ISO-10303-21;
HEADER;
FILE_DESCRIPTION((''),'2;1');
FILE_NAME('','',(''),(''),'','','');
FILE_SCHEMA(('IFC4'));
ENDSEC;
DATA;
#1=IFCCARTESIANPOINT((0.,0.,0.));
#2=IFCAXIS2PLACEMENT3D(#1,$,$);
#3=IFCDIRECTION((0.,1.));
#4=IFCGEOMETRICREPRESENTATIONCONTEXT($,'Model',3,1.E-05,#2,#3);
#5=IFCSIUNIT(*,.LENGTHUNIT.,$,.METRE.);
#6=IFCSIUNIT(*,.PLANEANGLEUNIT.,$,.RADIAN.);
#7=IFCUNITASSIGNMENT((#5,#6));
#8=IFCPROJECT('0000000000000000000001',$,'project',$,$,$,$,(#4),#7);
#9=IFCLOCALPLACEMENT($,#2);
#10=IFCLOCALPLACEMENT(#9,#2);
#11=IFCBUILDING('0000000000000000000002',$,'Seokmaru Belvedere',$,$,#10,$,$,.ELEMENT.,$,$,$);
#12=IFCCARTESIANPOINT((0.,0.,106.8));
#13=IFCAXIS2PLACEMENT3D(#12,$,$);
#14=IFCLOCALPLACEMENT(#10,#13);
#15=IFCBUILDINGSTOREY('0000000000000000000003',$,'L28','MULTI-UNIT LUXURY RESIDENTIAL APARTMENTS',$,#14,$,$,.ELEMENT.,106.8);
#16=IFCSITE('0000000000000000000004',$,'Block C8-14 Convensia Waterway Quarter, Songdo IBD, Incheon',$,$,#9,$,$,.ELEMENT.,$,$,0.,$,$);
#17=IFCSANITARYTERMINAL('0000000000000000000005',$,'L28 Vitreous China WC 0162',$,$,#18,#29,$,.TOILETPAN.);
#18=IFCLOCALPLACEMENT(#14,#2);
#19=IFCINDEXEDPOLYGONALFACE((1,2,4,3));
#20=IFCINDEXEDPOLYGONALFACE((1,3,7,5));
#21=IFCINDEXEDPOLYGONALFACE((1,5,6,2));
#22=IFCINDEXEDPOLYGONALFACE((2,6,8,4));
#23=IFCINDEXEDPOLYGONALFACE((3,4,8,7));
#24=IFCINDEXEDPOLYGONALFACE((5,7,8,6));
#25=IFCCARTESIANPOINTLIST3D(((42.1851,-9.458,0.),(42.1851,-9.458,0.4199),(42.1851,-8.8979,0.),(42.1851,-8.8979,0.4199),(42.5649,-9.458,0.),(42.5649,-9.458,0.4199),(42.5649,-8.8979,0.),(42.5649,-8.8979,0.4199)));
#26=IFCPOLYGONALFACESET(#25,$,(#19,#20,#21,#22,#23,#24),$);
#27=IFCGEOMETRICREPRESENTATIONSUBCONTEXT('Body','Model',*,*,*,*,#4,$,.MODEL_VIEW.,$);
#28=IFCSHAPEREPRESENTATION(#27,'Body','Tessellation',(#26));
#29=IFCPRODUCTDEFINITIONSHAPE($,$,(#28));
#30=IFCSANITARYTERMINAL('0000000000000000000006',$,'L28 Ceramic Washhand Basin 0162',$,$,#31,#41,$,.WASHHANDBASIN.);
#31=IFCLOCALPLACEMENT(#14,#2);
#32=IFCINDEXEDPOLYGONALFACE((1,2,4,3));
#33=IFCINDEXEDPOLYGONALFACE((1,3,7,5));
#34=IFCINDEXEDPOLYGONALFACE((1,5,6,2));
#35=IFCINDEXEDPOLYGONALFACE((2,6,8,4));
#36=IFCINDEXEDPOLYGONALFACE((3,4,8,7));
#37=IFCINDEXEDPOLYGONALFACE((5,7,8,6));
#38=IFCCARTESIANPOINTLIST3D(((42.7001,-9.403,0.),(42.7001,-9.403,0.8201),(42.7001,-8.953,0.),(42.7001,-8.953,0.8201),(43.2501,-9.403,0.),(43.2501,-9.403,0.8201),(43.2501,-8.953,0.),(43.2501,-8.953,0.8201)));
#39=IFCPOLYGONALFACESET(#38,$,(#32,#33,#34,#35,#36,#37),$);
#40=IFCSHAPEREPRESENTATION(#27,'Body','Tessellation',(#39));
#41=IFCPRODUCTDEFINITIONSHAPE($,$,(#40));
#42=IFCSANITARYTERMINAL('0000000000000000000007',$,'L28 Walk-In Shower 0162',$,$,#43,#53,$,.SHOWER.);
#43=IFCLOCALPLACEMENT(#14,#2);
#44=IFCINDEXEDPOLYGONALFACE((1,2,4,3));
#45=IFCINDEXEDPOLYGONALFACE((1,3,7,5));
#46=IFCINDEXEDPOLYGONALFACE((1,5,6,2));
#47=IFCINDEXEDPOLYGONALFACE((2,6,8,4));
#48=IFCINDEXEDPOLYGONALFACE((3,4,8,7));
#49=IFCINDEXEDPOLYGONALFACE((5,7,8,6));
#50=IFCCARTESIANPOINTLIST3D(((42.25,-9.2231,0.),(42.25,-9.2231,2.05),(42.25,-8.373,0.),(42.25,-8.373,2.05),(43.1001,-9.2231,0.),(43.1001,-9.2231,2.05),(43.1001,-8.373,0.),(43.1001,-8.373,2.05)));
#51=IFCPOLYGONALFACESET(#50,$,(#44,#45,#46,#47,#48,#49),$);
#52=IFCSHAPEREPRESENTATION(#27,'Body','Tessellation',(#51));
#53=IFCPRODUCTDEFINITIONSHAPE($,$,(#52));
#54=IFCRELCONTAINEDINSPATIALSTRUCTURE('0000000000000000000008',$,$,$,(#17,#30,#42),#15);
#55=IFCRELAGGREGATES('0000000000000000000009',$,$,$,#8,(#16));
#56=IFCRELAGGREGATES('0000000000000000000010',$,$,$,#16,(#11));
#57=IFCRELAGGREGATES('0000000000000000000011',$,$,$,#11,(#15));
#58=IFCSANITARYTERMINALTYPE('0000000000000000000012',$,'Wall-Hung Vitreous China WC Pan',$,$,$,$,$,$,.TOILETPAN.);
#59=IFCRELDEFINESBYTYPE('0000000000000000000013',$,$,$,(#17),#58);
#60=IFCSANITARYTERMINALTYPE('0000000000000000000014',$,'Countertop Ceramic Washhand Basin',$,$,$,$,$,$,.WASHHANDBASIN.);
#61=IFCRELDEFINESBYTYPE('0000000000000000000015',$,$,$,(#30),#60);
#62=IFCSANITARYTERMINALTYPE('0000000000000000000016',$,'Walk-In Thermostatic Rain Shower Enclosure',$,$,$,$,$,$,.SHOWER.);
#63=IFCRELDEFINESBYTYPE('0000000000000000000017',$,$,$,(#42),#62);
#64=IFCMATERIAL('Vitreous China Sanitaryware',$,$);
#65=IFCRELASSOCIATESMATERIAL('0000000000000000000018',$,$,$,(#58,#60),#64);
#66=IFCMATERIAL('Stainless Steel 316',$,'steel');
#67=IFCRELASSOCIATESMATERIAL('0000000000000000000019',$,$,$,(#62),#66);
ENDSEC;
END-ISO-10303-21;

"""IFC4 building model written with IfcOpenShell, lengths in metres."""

from ifc_helpers import new_model, si_unit, direction, frame, origin, origin_2d, place, context, subcontext, project, spatial, rectangle, extrude, source, transform, mapped, material, type_object, type_shapes, element, save


model = new_model("IFC4")

# Units and contexts
model_context = context("Model", 3, precision=1e-05, world=origin(), true_north=direction((0.0, 1.0)))
body_context = subcontext(model_context, "Body", "Model", "MODEL_VIEW")
ifc_project = project(units=[si_unit("LENGTHUNIT", "METRE"), si_unit("PLANEANGLEUNIT", "RADIAN")], contexts=[model_context])

# Site, building, storey
site_placement = place(None, origin())
site = spatial("IfcSite", under=ifc_project, at=site_placement, Name="Block C8-14 Convensia Waterway Quarter, Songdo IBD, Incheon", CompositionType="ELEMENT", RefElevation=0.0)
building_placement = place(site_placement, origin())
building = spatial("IfcBuilding", under=site, at=building_placement, Name="Seokmaru Belvedere", CompositionType="ELEMENT")
storey_placement = place(building_placement, frame((0.0, 0.0, 106.8)))
storey = spatial("IfcBuildingStorey", under=building, at=storey_placement, Name="L28", Description="MULTI-UNIT LUXURY RESIDENTIAL APARTMENTS", CompositionType="ELEMENT", Elevation=106.8)

# Sanitary terminals
ifc_material_1 = material(Name="Vitreous China Sanitaryware")
sanitary_terminal_type_1 = type_object("IfcSanitaryTerminalType", Name="Wall-Hung Vitreous China WC Pan", PredefinedType="TOILETPAN", material=ifc_material_1)
shared_shape_1 = source(origin(), body_context, "Body", "SweptSolid", [
    extrude(rectangle(XDim=0.3799, YDim=0.5601, at=origin_2d()), origin(), (0.0, 0.0, 1.0), 0.4199),
])
type_shapes(sanitary_terminal_type_1, [shared_shape_1])
sanitary_terminal_1_placement = place(storey_placement, frame((42.375, -9.178, 0.0), z_axis=(0.0, 0.0, 1.0), x_axis=(1.0, 0.0, 0.0)))
element("IfcSanitaryTerminal", 1, at=sanitary_terminal_1_placement, inside=storey, type_object=sanitary_terminal_type_1, Name="L28 Vitreous China WC 0162", PredefinedType="TOILETPAN", context=body_context, shape_type="MappedRepresentation", body=[
    mapped(shared_shape_1, transform((0.0, 0.0, 0.0), scale=1.0)),
])
sanitary_terminal_type_2 = type_object("IfcSanitaryTerminalType", Name="Countertop Ceramic Washhand Basin", PredefinedType="WASHHANDBASIN", material=ifc_material_1)
shared_shape_2 = source(origin(), body_context, "Body", "SweptSolid", [
    extrude(rectangle(XDim=0.55, YDim=0.45, at=origin_2d()), origin(), (0.0, 0.0, 1.0), 0.8201),
])
type_shapes(sanitary_terminal_type_2, [shared_shape_2])
sanitary_terminal_2_placement = place(storey_placement, frame((42.9751, -9.178, 0.0), z_axis=(0.0, 0.0, 1.0), x_axis=(1.0, 0.0, 0.0)))
element("IfcSanitaryTerminal", 2, at=sanitary_terminal_2_placement, inside=storey, type_object=sanitary_terminal_type_2, Name="L28 Ceramic Washhand Basin 0162", PredefinedType="WASHHANDBASIN", context=body_context, shape_type="MappedRepresentation", body=[
    mapped(shared_shape_2, transform((0.0, 0.0, 0.0), scale=1.0)),
])
ifc_material_2 = material(Name="Stainless Steel 316", Category="steel")
sanitary_terminal_type_3 = type_object("IfcSanitaryTerminalType", Name="Walk-In Thermostatic Rain Shower Enclosure", PredefinedType="SHOWER", material=ifc_material_2)
shared_shape_3 = source(origin(), body_context, "Body", "SweptSolid", [
    extrude(rectangle(XDim=0.8501, YDim=0.8501, at=origin_2d()), origin(), (0.0, 0.0, 1.0), 2.05),
])
type_shapes(sanitary_terminal_type_3, [shared_shape_3])
sanitary_terminal_3_placement = place(storey_placement, frame((42.675, -8.7981, 0.0), z_axis=(0.0, 0.0, 1.0), x_axis=(1.0, 0.0, 0.0)))
element("IfcSanitaryTerminal", 3, at=sanitary_terminal_3_placement, inside=storey, type_object=sanitary_terminal_type_3, Name="L28 Walk-In Shower 0162", PredefinedType="SHOWER", context=body_context, shape_type="MappedRepresentation", body=[
    mapped(shared_shape_3, transform((0.0, 0.0, 0.0), scale=1.0)),
])

save(model, "model.ifc")
